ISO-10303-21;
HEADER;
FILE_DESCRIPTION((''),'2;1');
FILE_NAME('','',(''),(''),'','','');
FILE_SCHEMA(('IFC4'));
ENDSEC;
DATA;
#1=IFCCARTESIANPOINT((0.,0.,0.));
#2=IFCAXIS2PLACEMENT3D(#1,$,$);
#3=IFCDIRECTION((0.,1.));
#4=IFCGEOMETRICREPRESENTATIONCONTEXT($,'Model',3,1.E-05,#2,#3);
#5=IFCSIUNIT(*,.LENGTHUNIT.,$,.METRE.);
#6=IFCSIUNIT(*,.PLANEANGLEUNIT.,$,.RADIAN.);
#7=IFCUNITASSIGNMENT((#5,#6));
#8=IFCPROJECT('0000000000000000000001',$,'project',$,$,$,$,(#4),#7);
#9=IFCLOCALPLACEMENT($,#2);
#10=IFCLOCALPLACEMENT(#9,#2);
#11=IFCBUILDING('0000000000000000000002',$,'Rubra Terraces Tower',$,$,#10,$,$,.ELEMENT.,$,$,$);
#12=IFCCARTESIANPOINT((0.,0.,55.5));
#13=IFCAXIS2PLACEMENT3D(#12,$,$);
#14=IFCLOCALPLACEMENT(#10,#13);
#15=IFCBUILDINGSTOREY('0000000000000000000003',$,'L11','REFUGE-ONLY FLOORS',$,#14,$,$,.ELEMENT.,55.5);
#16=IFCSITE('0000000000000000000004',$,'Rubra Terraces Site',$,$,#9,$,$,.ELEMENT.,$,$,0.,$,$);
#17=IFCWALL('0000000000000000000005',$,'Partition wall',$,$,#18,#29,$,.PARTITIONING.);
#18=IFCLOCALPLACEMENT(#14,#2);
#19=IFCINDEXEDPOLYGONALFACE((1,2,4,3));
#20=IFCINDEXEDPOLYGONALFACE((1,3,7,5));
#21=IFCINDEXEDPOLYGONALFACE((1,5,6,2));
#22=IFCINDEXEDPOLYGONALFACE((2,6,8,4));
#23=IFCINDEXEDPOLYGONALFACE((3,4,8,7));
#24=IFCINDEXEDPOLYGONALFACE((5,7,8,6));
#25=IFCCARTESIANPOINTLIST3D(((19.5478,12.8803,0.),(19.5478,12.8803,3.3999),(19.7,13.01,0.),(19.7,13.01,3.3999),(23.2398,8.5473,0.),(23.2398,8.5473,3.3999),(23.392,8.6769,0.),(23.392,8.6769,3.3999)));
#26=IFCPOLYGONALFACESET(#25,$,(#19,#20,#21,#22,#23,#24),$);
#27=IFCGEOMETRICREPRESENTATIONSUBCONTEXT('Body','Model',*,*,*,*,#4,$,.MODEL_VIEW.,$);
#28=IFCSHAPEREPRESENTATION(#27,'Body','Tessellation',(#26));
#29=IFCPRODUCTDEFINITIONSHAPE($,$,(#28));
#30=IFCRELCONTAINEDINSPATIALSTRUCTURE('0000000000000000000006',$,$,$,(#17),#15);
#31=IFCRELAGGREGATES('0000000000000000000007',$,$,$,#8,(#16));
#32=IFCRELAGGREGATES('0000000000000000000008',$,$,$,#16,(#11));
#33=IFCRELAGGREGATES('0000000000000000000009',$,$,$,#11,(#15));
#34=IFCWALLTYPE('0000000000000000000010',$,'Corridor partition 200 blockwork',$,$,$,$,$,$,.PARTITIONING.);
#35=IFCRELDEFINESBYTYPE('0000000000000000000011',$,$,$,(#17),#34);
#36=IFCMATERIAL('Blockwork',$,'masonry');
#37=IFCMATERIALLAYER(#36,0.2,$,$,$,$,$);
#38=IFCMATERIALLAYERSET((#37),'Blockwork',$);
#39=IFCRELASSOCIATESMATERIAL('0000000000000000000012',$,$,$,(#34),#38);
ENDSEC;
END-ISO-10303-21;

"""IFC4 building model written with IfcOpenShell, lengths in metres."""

from ifc_helpers import new_model, si_unit, direction, frame, frame_2d, origin, place, context, subcontext, project, spatial, rectangle, extrude, material, layer, layer_set, type_object, element, save


model = new_model("IFC4")

# Units and contexts
model_context = context("Model", 3, precision=1e-05, world=origin(), true_north=direction((0.0, 1.0)))
body_context = subcontext(model_context, "Body", "Model", "MODEL_VIEW")
ifc_project = project(units=[si_unit("LENGTHUNIT", "METRE"), si_unit("PLANEANGLEUNIT", "RADIAN")], contexts=[model_context])

# Site, building, storey
site_placement = place(None, origin())
site = spatial("IfcSite", under=ifc_project, at=site_placement, Name="Rubra Terraces Site", CompositionType="ELEMENT", RefElevation=0.0)
building_placement = place(site_placement, origin())
building = spatial("IfcBuilding", under=site, at=building_placement, Name="Rubra Terraces Tower", CompositionType="ELEMENT")
storey_placement = place(building_placement, frame((0.0, 0.0, 55.5)))
storey = spatial("IfcBuildingStorey", under=building, at=storey_placement, Name="L11", Description="REFUGE-ONLY FLOORS", CompositionType="ELEMENT", Elevation=55.5)

# Wall
ifc_material_1 = material(Name="Blockwork", Category="masonry")
ifc_layer_1 = layer(ifc_material_1, 0.2)
ifc_layer_set_1 = layer_set([ifc_layer_1], Name="Blockwork")
wall_type_1 = type_object("IfcWallType", Name="Corridor partition 200 blockwork", PredefinedType="PARTITIONING", material=ifc_layer_set_1)
wall_1_placement = place(storey_placement, frame((19.624, 12.9451, 0.0), z_axis=(0.0, 0.0, 1.0), x_axis=(0.648549, -0.761173, 0.0)))
element("IfcWall", 1, at=wall_1_placement, inside=storey, type_object=wall_type_1, Name="Partition wall", PredefinedType="PARTITIONING", context=body_context, shape_type="SweptSolid", body=[
    extrude(rectangle(XDim=5.6926, YDim=0.2, at=frame_2d((2.8462, 0.0))), origin(), (0.0, 0.0, 1.0), 3.3999),
])

save(model, "model.ifc")
